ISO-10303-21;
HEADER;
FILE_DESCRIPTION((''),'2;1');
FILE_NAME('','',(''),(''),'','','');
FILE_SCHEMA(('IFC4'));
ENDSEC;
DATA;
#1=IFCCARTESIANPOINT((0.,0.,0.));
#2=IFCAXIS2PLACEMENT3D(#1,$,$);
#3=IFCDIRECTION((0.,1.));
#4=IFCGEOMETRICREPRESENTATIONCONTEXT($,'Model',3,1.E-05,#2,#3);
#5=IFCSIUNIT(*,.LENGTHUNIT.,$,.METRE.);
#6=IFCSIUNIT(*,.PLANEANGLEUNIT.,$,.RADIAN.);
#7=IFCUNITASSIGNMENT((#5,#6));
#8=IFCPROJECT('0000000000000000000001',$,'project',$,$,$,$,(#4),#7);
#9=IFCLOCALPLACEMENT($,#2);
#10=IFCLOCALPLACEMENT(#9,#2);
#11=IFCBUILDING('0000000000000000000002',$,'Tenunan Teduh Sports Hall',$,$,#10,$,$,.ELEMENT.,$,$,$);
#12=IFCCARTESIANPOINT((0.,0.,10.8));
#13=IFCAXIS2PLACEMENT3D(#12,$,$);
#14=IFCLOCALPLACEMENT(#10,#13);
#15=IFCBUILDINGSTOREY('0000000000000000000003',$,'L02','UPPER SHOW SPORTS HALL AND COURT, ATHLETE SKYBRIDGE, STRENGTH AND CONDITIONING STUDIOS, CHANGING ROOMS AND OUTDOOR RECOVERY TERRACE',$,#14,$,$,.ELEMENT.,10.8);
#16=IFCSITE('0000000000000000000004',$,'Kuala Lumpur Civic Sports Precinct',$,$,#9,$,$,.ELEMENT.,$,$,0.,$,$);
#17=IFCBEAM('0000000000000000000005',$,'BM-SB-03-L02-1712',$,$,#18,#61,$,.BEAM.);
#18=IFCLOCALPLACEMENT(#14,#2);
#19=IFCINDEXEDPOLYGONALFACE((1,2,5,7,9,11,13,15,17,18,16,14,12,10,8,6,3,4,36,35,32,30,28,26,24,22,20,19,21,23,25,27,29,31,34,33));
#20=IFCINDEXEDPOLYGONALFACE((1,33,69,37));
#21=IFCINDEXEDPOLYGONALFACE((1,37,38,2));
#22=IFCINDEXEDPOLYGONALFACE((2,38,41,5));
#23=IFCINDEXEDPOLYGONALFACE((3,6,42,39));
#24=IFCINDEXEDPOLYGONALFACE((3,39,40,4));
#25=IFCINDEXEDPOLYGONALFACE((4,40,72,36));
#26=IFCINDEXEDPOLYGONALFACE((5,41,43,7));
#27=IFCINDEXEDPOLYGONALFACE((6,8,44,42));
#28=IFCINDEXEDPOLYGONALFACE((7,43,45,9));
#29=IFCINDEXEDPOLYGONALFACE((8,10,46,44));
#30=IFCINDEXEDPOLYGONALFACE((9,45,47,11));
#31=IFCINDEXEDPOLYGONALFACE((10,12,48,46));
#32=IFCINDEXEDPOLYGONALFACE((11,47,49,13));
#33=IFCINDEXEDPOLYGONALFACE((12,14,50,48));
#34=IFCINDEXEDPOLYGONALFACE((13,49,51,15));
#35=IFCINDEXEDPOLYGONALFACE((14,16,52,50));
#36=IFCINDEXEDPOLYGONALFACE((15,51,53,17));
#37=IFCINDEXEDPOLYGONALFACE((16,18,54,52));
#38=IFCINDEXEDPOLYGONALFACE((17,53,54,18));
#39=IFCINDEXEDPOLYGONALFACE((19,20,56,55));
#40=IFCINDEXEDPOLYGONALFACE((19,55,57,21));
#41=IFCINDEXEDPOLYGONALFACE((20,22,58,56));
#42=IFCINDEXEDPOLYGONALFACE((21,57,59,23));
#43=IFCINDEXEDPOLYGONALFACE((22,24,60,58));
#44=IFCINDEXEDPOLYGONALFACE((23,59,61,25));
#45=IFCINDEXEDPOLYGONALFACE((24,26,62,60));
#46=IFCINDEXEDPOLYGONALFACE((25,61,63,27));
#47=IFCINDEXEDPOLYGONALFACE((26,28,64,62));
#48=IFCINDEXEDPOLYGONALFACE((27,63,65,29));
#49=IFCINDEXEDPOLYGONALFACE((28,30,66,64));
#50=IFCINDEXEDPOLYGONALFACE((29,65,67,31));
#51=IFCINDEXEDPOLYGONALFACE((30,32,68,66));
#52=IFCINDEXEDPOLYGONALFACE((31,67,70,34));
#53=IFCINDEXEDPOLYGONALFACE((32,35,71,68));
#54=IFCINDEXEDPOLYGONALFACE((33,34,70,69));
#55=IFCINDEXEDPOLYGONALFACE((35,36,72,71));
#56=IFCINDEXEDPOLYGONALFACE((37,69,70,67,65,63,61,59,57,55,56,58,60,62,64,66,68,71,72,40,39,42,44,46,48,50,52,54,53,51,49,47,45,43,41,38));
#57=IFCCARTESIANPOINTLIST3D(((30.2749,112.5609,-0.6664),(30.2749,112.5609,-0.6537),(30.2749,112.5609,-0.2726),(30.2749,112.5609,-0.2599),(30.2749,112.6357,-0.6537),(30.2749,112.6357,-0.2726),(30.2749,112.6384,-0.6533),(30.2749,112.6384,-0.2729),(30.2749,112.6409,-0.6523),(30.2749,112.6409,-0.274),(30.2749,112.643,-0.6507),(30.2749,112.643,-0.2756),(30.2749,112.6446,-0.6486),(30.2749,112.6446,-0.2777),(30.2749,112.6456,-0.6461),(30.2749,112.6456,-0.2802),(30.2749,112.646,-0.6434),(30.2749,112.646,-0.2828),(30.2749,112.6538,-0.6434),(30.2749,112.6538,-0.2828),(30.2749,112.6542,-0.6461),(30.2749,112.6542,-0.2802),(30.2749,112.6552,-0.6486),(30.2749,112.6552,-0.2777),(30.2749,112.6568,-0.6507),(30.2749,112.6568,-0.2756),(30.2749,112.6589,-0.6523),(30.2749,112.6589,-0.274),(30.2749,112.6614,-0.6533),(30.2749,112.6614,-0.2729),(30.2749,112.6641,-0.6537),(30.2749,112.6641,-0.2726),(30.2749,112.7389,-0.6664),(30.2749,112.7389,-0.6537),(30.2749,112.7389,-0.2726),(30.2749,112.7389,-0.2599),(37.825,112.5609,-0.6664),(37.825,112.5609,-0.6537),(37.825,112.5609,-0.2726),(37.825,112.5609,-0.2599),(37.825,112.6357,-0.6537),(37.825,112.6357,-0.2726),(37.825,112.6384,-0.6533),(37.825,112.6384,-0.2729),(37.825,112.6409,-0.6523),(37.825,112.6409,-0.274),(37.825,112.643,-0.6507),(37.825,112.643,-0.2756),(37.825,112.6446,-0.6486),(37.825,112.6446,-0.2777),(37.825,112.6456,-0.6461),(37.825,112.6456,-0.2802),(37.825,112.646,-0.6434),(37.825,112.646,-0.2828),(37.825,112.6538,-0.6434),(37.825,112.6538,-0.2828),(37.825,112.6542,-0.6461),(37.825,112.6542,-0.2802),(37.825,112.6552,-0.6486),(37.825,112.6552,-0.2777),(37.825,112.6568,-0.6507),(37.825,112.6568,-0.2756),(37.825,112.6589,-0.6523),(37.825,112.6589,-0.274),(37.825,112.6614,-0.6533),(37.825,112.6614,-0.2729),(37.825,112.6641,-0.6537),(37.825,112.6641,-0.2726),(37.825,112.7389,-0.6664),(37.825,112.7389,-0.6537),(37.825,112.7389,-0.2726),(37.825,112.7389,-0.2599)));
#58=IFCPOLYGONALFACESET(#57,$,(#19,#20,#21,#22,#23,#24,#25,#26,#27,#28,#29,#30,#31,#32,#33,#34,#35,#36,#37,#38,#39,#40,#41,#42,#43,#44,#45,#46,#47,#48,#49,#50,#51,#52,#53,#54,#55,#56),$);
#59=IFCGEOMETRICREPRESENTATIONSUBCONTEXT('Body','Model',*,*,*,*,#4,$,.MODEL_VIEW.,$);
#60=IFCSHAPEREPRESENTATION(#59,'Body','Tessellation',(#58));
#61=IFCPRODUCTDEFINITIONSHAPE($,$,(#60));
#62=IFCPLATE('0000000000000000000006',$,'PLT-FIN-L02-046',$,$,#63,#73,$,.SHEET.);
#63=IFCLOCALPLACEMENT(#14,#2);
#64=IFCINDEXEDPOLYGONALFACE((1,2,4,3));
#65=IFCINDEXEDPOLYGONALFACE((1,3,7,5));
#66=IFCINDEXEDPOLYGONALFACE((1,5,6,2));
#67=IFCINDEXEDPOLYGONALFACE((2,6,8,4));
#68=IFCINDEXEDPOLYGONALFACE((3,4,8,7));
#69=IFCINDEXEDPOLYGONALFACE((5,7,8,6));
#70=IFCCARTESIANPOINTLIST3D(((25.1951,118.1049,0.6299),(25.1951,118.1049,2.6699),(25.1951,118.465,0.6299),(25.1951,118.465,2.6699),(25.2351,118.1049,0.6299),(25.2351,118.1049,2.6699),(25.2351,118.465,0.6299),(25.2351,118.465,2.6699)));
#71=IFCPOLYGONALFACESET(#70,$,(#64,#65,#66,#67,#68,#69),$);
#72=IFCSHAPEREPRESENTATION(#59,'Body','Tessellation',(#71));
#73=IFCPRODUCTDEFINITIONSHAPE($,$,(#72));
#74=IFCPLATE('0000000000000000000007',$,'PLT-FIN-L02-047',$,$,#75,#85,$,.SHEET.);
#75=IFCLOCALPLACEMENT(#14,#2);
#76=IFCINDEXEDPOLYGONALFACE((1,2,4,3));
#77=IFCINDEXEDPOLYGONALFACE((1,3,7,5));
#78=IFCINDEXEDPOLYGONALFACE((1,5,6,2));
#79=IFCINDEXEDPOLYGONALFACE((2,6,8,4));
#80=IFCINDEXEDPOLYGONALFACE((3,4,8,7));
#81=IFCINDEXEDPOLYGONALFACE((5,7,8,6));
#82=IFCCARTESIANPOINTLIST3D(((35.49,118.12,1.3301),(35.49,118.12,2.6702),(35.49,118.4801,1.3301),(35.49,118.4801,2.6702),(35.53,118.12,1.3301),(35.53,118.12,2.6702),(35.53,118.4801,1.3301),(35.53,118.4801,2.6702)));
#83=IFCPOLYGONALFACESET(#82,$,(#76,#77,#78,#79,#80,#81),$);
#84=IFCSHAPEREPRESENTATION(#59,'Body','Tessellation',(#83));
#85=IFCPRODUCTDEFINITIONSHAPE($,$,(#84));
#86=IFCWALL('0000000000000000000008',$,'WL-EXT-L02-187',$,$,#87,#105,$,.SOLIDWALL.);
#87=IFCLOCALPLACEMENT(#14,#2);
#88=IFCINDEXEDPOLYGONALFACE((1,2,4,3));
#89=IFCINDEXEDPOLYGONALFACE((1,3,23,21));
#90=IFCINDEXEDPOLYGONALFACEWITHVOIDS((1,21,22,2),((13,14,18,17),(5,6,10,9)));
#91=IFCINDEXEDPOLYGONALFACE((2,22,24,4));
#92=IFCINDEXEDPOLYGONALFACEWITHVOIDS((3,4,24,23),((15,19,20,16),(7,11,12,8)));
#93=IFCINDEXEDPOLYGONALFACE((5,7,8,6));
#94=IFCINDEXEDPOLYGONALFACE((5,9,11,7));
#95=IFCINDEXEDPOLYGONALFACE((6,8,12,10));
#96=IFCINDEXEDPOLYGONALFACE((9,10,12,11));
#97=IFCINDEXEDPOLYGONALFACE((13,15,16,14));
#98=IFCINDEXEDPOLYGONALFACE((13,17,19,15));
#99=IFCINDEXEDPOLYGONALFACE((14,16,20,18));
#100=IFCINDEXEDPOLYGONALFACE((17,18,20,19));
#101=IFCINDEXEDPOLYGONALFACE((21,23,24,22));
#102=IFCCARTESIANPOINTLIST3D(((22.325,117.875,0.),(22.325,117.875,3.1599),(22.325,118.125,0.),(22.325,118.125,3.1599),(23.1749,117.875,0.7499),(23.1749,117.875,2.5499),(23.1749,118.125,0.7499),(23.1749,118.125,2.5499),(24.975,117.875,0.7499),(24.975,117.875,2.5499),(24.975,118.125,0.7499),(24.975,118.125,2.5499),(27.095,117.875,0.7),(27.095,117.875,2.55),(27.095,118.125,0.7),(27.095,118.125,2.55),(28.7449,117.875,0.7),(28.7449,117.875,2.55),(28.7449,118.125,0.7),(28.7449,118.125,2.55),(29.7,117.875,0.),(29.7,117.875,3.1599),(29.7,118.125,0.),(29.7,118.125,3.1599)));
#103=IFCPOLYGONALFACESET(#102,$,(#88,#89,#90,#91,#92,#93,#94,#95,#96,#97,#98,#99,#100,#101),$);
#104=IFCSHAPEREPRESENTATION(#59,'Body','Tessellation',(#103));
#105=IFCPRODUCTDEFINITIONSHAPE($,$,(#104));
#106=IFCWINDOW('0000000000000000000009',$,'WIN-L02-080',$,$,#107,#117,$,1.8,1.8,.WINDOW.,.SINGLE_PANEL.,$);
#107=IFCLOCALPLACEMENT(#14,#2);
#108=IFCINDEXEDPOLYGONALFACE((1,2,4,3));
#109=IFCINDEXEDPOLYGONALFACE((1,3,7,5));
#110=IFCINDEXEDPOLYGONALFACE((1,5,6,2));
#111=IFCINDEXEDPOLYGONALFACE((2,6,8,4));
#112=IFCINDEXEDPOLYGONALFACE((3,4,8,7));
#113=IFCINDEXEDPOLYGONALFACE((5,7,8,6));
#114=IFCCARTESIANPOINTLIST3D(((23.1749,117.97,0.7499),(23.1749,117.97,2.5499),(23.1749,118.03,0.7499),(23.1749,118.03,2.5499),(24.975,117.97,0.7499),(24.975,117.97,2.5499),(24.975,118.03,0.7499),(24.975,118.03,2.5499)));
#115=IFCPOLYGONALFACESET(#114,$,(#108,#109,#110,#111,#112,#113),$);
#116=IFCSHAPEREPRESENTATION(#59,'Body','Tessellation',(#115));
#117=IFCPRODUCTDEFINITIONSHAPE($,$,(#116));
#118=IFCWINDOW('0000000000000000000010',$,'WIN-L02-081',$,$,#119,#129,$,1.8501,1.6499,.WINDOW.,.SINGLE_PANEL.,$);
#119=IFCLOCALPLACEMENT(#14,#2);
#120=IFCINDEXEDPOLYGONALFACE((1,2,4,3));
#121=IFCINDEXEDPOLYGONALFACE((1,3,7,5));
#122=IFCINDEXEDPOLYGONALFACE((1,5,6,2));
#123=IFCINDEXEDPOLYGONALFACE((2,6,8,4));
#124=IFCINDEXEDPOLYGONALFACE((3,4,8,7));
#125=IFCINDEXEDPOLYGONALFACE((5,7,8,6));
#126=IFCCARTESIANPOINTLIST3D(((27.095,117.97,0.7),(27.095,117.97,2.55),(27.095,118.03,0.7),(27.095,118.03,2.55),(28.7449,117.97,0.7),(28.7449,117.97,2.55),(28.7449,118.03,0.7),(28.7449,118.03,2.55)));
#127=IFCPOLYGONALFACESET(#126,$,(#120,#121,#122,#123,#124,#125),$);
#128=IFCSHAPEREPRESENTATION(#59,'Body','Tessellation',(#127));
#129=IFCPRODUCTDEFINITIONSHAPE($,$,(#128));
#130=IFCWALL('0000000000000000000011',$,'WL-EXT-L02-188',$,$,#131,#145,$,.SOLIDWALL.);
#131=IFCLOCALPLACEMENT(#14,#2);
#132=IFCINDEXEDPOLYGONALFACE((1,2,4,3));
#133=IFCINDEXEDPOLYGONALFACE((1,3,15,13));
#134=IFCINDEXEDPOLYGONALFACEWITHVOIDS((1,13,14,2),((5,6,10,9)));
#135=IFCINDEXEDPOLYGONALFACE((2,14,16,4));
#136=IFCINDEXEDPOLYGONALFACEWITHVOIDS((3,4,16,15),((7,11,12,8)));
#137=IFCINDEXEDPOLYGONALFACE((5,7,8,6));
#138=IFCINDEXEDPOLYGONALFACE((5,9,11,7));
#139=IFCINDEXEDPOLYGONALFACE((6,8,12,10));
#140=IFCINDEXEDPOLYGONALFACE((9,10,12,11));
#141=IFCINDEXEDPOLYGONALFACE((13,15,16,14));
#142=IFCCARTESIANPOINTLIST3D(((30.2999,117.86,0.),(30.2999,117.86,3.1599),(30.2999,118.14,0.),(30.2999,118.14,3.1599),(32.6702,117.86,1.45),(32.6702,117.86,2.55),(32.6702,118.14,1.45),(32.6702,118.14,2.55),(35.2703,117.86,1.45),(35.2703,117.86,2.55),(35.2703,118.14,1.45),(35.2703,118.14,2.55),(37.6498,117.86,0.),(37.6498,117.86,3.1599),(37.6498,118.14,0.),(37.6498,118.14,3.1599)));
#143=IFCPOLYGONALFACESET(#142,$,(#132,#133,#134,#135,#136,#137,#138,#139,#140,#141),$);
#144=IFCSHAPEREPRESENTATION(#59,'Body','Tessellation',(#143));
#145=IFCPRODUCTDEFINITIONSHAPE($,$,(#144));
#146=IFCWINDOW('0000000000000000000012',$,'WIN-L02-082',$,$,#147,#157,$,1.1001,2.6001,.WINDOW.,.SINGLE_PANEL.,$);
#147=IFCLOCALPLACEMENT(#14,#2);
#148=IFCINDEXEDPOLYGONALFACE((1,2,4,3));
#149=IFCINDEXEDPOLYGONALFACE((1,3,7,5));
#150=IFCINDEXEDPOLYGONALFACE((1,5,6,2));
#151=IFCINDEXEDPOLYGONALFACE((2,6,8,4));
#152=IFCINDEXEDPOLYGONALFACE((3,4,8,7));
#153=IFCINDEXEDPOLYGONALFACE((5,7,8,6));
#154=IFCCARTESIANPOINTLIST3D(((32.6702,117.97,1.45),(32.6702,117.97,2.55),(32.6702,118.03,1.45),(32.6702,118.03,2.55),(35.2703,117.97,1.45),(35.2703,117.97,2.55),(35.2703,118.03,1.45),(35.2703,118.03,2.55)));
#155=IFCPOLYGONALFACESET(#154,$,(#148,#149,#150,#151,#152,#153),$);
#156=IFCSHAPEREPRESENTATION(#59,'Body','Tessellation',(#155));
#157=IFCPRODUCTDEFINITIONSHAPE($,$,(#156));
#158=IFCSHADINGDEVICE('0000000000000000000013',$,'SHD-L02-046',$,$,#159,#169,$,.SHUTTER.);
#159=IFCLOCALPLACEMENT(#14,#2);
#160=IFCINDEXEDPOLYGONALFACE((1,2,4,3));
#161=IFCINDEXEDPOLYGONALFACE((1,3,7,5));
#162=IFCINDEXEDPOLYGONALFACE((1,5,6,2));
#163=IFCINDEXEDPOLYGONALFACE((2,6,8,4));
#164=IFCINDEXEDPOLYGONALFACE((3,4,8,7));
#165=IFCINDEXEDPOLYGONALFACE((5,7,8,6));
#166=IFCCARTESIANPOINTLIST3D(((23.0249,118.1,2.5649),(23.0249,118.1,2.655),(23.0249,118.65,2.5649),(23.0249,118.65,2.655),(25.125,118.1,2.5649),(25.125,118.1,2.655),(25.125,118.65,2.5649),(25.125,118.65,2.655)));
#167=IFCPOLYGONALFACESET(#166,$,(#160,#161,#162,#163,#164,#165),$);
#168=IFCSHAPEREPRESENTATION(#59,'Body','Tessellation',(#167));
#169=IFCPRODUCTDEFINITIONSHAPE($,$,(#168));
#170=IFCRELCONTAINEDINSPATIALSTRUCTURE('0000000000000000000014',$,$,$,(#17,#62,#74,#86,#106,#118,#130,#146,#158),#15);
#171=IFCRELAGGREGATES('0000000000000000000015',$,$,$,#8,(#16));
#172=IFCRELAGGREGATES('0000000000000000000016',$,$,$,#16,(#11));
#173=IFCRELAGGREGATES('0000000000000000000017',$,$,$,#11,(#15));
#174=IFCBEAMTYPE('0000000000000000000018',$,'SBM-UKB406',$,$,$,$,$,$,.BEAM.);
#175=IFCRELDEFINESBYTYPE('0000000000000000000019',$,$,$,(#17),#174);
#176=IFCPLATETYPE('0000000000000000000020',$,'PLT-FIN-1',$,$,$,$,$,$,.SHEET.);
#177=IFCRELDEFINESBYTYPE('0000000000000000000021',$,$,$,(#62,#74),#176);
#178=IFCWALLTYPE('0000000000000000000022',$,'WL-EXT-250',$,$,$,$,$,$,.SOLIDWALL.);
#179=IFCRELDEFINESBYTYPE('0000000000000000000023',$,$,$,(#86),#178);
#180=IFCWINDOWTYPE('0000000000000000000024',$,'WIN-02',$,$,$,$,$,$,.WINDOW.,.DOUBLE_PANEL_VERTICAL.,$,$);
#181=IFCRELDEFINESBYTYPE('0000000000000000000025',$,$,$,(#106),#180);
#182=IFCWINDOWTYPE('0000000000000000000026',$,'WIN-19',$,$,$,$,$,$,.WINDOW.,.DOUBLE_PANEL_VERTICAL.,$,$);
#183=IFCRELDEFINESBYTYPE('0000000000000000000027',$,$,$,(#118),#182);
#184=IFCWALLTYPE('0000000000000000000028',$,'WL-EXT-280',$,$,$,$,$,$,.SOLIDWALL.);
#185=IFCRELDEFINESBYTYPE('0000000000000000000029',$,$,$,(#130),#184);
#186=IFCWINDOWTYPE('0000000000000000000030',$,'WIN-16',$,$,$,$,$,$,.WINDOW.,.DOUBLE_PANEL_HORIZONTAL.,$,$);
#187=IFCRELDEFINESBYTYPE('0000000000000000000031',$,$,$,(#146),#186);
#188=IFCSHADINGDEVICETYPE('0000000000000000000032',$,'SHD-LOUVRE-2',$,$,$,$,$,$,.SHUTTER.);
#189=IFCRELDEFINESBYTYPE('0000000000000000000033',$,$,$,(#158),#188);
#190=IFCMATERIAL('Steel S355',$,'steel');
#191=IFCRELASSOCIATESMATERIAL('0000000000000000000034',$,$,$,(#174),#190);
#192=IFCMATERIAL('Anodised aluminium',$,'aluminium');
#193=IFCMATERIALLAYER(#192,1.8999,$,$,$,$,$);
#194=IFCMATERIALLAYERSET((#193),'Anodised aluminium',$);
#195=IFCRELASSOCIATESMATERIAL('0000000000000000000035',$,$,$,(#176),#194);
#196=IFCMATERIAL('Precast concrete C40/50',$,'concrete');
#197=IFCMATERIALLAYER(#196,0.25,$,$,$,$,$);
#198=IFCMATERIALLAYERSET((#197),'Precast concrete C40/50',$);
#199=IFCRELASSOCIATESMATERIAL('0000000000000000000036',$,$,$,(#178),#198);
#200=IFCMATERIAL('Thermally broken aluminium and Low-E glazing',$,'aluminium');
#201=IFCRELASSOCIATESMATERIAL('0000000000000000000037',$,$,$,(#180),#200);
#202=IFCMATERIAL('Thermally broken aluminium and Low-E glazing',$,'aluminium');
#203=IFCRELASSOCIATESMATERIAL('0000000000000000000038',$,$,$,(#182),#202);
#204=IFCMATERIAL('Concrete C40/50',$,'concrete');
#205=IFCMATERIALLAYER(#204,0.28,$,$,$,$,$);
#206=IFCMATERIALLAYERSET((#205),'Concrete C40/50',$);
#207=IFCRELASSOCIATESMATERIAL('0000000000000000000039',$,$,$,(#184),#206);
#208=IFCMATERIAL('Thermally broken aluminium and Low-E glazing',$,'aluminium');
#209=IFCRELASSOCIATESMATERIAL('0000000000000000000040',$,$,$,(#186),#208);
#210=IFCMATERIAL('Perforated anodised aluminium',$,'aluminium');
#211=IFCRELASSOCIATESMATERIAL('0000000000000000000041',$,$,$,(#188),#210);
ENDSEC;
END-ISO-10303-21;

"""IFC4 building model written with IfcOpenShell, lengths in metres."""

from ifc_helpers import new_model, si_unit, direction, frame, frame_2d, origin, origin_2d, place, context, subcontext, project, spatial, rectangle, i_section, extrude, material, layer, layer_set, material_profile, profile_set, type_object, element, fill, save


model = new_model("IFC4")

# Units and contexts
model_context = context("Model", 3, precision=1e-05, world=origin(), true_north=direction((0.0, 1.0)))
body_context = subcontext(model_context, "Body", "Model", "MODEL_VIEW")
ifc_project = project(units=[si_unit("LENGTHUNIT", "METRE"), si_unit("PLANEANGLEUNIT", "RADIAN")], contexts=[model_context])

# Site, building, storey
site_placement = place(None, origin())
site = spatial("IfcSite", under=ifc_project, at=site_placement, Name="Kuala Lumpur Civic Sports Precinct", CompositionType="ELEMENT", RefElevation=0.0)
building_placement = place(site_placement, origin())
building = spatial("IfcBuilding", under=site, at=building_placement, Name="Tenunan Teduh Sports Hall", CompositionType="ELEMENT")
storey_placement = place(building_placement, frame((0.0, 0.0, 10.8)))
storey = spatial("IfcBuildingStorey", under=building, at=storey_placement, Name="L02", Description="UPPER SHOW SPORTS HALL AND COURT, ATHLETE SKYBRIDGE, STRENGTH AND CONDITIONING STUDIOS, CHANGING ROOMS AND OUTDOOR RECOVERY TERRACE", CompositionType="ELEMENT", Elevation=10.8)

# Beam
ifc_material_1 = material(Name="Steel S355", Category="steel")
ifc_material_profile_1 = material_profile(ifc_material_1, i_section(OverallWidth=0.178, OverallDepth=0.4065, WebThickness=0.0078, FlangeThickness=0.0127, FilletRadius=0.0103, at=origin_2d()), Name="UKB 406x178x60")
ifc_profile_set_1 = profile_set([ifc_material_profile_1], Name="Steel S355")
beam_type_1 = type_object("IfcBeamType", Name="SBM-UKB406", PredefinedType="BEAM", material=ifc_profile_set_1)
beam_1_placement = place(storey_placement, frame((30.2749, 112.6499, -0.4631), z_axis=(1.0, 0.0, 0.0), x_axis=(0.0, 1.0, 0.0)))
element("IfcBeam", 1, at=beam_1_placement, inside=storey, type_object=beam_type_1, Name="BM-SB-03-L02-1712", PredefinedType="BEAM", context=body_context, shape_type="SweptSolid", body=[
    extrude(i_section(OverallWidth=0.178, OverallDepth=0.4065, WebThickness=0.0078, FlangeThickness=0.0127, FilletRadius=0.0103, at=origin_2d()), origin(), (0.0, 0.0, 1.0), 7.55),
])

# Plates
ifc_material_2 = material(Name="Anodised aluminium", Category="aluminium")
ifc_layer_1 = layer(ifc_material_2, 1.8999)
ifc_layer_set_1 = layer_set([ifc_layer_1], Name="Anodised aluminium")
plate_type = type_object("IfcPlateType", Name="PLT-FIN-1", PredefinedType="SHEET", material=ifc_layer_set_1)
plate_1_placement = place(storey_placement, frame((25.2151, 118.2849, 0.6299), z_axis=(0.0, 0.0, 1.0), x_axis=(1.0, 0.0, 0.0)))
element("IfcPlate", 2, at=plate_1_placement, inside=storey, type_object=plate_type, Name="PLT-FIN-L02-046", PredefinedType="SHEET", context=body_context, shape_type="SweptSolid", body=[
    extrude(rectangle(XDim=0.04, YDim=0.3601, at=origin_2d()), origin(), (0.0, 0.0, 1.0), 2.04),
])
plate_2_placement = place(storey_placement, frame((35.51, 118.3, 1.3301), z_axis=(0.0, 0.0, 1.0), x_axis=(1.0, 0.0, 0.0)))
element("IfcPlate", 3, at=plate_2_placement, inside=storey, type_object=plate_type, Name="PLT-FIN-L02-047", PredefinedType="SHEET", context=body_context, shape_type="SweptSolid", body=[
    extrude(rectangle(XDim=0.04, YDim=0.3601, at=origin_2d()), origin(), (0.0, 0.0, 1.0), 1.3401),
])

# Wall, openings, windows
ifc_material_3 = material(Name="Precast concrete C40/50", Category="concrete")
ifc_layer_2 = layer(ifc_material_3, 0.25)
ifc_layer_set_2 = layer_set([ifc_layer_2], Name="Precast concrete C40/50")
wall_type_1 = type_object("IfcWallType", Name="WL-EXT-250", PredefinedType="SOLIDWALL", material=ifc_layer_set_2)
wall_1_placement = place(storey_placement, frame((22.325, 118.0, 0.0), z_axis=(0.0, 0.0, 1.0), x_axis=(1.0, 0.0, 0.0)))
wall_1 = element("IfcWall", 4, at=wall_1_placement, inside=storey, type_object=wall_type_1, Name="WL-EXT-L02-187", PredefinedType="SOLIDWALL", context=body_context, shape_type="SweptSolid", body=[
    extrude(rectangle(XDim=7.375, YDim=0.25, at=frame_2d((3.6875, 0.0))), origin(), (0.0, 0.0, 1.0), 3.1599),
])
opening_1_placement = place(wall_1_placement, frame((0.8501, 0.0, 0.75)))
opening_1 = element("IfcOpeningElement", 5, at=opening_1_placement, cuts=wall_1, PredefinedType="OPENING", context=body_context, shape_type="SweptSolid", body=[
    extrude(rectangle(XDim=1.8, YDim=1.8, at=frame_2d((0.8999, 0.8999))), frame((0.0, 0.135, 0.0), z_axis=(0.0, -1.0, 0.0), x_axis=(1.0, 0.0, 0.0)), (0.0, 0.0, 1.0), 0.27),
])
opening_2_placement = place(wall_1_placement, frame((4.77, 0.0, 0.7)))
opening_2 = element("IfcOpeningElement", 6, at=opening_2_placement, cuts=wall_1, PredefinedType="OPENING", context=body_context, shape_type="SweptSolid", body=[
    extrude(rectangle(XDim=1.6499, YDim=1.8501, at=frame_2d((0.825, 0.925))), frame((0.0, 0.135, 0.0), z_axis=(0.0, -1.0, 0.0), x_axis=(1.0, 0.0, 0.0)), (0.0, 0.0, 1.0), 0.27),
])
ifc_material_4 = material(Name="Thermally broken aluminium and Low-E glazing", Category="aluminium")
window_type_1 = type_object("IfcWindowType", Name="WIN-02", PartitioningType="DOUBLE_PANEL_VERTICAL", PredefinedType="WINDOW", material=ifc_material_4)
window_1_placement = place(opening_1_placement, origin())
window_1 = element("IfcWindow", 7, at=window_1_placement, inside=storey, type_object=window_type_1, Name="WIN-L02-080", OverallHeight=1.8, OverallWidth=1.8, PartitioningType="SINGLE_PANEL", PredefinedType="WINDOW", context=body_context, shape_type="SweptSolid", body=[
    extrude(rectangle(XDim=1.8, YDim=1.8, at=frame_2d((0.8999, 0.8999))), frame((0.0, 0.03, 0.0), z_axis=(0.0, -1.0, 0.0), x_axis=(1.0, 0.0, 0.0)), (0.0, 0.0, 1.0), 0.0601),
])
fill(opening_1, window_1)
ifc_material_5 = material(Name="Thermally broken aluminium and Low-E glazing", Category="aluminium")
window_type_2 = type_object("IfcWindowType", Name="WIN-19", PartitioningType="DOUBLE_PANEL_VERTICAL", PredefinedType="WINDOW", material=ifc_material_5)
window_2_placement = place(opening_2_placement, origin())
window_2 = element("IfcWindow", 8, at=window_2_placement, inside=storey, type_object=window_type_2, Name="WIN-L02-081", OverallHeight=1.8501, OverallWidth=1.6499, PartitioningType="SINGLE_PANEL", PredefinedType="WINDOW", context=body_context, shape_type="SweptSolid", body=[
    extrude(rectangle(XDim=1.6499, YDim=1.8501, at=frame_2d((0.825, 0.925))), frame((0.0, 0.03, 0.0), z_axis=(0.0, -1.0, 0.0), x_axis=(1.0, 0.0, 0.0)), (0.0, 0.0, 1.0), 0.0601),
])
fill(opening_2, window_2)

# Wall, opening, window
ifc_material_6 = material(Name="Concrete C40/50", Category="concrete")
ifc_layer_3 = layer(ifc_material_6, 0.28)
ifc_layer_set_3 = layer_set([ifc_layer_3], Name="Concrete C40/50")
wall_type_2 = type_object("IfcWallType", Name="WL-EXT-280", PredefinedType="SOLIDWALL", material=ifc_layer_set_3)
wall_2_placement = place(storey_placement, frame((30.3, 118.0, 0.0), z_axis=(0.0, 0.0, 1.0), x_axis=(1.0, 0.0, 0.0)))
wall_2 = element("IfcWall", 9, at=wall_2_placement, inside=storey, type_object=wall_type_2, Name="WL-EXT-L02-188", PredefinedType="SOLIDWALL", context=body_context, shape_type="SweptSolid", body=[
    extrude(rectangle(XDim=7.3499, YDim=0.28, at=frame_2d((3.6748, 0.0))), origin(), (0.0, 0.0, 1.0), 3.1599),
])
opening_3_placement = place(wall_2_placement, frame((2.3701, 0.0, 1.45)))
opening_3 = element("IfcOpeningElement", 10, at=opening_3_placement, cuts=wall_2, PredefinedType="OPENING", context=body_context, shape_type="SweptSolid", body=[
    extrude(rectangle(XDim=2.6001, YDim=1.1001, at=frame_2d((1.3, 0.55))), frame((0.0, 0.1499, 0.0), z_axis=(0.0, -1.0, 0.0), x_axis=(1.0, 0.0, 0.0)), (0.0, 0.0, 1.0), 0.3),
])
ifc_material_7 = material(Name="Thermally broken aluminium and Low-E glazing", Category="aluminium")
window_type_3 = type_object("IfcWindowType", Name="WIN-16", PartitioningType="DOUBLE_PANEL_HORIZONTAL", PredefinedType="WINDOW", material=ifc_material_7)
window_3_placement = place(opening_3_placement, origin())
window_3 = element("IfcWindow", 11, at=window_3_placement, inside=storey, type_object=window_type_3, Name="WIN-L02-082", OverallHeight=1.1001, OverallWidth=2.6001, PartitioningType="SINGLE_PANEL", PredefinedType="WINDOW", context=body_context, shape_type="SweptSolid", body=[
    extrude(rectangle(XDim=2.6001, YDim=1.1001, at=frame_2d((1.3, 0.55))), frame((0.0, 0.03, 0.0), z_axis=(0.0, -1.0, 0.0), x_axis=(1.0, 0.0, 0.0)), (0.0, 0.0, 1.0), 0.0601),
])
fill(opening_3, window_3)

# Shading device
ifc_material_8 = material(Name="Perforated anodised aluminium", Category="aluminium")
shading_device_type_1 = type_object("IfcShadingDeviceType", Name="SHD-LOUVRE-2", PredefinedType="SHUTTER", material=ifc_material_8)
shading_device_1_placement = place(storey_placement, frame((24.075, 118.375, 2.5649), z_axis=(0.0, 0.0, 1.0), x_axis=(1.0, 0.0, 0.0)))
element("IfcShadingDevice", 12, at=shading_device_1_placement, inside=storey, type_object=shading_device_type_1, Name="SHD-L02-046", PredefinedType="SHUTTER", context=body_context, shape_type="SweptSolid", body=[
    extrude(rectangle(XDim=2.1001, YDim=0.55, at=origin_2d()), origin(), (0.0, 0.0, 1.0), 0.0901),
])

save(model, "model.ifc")
